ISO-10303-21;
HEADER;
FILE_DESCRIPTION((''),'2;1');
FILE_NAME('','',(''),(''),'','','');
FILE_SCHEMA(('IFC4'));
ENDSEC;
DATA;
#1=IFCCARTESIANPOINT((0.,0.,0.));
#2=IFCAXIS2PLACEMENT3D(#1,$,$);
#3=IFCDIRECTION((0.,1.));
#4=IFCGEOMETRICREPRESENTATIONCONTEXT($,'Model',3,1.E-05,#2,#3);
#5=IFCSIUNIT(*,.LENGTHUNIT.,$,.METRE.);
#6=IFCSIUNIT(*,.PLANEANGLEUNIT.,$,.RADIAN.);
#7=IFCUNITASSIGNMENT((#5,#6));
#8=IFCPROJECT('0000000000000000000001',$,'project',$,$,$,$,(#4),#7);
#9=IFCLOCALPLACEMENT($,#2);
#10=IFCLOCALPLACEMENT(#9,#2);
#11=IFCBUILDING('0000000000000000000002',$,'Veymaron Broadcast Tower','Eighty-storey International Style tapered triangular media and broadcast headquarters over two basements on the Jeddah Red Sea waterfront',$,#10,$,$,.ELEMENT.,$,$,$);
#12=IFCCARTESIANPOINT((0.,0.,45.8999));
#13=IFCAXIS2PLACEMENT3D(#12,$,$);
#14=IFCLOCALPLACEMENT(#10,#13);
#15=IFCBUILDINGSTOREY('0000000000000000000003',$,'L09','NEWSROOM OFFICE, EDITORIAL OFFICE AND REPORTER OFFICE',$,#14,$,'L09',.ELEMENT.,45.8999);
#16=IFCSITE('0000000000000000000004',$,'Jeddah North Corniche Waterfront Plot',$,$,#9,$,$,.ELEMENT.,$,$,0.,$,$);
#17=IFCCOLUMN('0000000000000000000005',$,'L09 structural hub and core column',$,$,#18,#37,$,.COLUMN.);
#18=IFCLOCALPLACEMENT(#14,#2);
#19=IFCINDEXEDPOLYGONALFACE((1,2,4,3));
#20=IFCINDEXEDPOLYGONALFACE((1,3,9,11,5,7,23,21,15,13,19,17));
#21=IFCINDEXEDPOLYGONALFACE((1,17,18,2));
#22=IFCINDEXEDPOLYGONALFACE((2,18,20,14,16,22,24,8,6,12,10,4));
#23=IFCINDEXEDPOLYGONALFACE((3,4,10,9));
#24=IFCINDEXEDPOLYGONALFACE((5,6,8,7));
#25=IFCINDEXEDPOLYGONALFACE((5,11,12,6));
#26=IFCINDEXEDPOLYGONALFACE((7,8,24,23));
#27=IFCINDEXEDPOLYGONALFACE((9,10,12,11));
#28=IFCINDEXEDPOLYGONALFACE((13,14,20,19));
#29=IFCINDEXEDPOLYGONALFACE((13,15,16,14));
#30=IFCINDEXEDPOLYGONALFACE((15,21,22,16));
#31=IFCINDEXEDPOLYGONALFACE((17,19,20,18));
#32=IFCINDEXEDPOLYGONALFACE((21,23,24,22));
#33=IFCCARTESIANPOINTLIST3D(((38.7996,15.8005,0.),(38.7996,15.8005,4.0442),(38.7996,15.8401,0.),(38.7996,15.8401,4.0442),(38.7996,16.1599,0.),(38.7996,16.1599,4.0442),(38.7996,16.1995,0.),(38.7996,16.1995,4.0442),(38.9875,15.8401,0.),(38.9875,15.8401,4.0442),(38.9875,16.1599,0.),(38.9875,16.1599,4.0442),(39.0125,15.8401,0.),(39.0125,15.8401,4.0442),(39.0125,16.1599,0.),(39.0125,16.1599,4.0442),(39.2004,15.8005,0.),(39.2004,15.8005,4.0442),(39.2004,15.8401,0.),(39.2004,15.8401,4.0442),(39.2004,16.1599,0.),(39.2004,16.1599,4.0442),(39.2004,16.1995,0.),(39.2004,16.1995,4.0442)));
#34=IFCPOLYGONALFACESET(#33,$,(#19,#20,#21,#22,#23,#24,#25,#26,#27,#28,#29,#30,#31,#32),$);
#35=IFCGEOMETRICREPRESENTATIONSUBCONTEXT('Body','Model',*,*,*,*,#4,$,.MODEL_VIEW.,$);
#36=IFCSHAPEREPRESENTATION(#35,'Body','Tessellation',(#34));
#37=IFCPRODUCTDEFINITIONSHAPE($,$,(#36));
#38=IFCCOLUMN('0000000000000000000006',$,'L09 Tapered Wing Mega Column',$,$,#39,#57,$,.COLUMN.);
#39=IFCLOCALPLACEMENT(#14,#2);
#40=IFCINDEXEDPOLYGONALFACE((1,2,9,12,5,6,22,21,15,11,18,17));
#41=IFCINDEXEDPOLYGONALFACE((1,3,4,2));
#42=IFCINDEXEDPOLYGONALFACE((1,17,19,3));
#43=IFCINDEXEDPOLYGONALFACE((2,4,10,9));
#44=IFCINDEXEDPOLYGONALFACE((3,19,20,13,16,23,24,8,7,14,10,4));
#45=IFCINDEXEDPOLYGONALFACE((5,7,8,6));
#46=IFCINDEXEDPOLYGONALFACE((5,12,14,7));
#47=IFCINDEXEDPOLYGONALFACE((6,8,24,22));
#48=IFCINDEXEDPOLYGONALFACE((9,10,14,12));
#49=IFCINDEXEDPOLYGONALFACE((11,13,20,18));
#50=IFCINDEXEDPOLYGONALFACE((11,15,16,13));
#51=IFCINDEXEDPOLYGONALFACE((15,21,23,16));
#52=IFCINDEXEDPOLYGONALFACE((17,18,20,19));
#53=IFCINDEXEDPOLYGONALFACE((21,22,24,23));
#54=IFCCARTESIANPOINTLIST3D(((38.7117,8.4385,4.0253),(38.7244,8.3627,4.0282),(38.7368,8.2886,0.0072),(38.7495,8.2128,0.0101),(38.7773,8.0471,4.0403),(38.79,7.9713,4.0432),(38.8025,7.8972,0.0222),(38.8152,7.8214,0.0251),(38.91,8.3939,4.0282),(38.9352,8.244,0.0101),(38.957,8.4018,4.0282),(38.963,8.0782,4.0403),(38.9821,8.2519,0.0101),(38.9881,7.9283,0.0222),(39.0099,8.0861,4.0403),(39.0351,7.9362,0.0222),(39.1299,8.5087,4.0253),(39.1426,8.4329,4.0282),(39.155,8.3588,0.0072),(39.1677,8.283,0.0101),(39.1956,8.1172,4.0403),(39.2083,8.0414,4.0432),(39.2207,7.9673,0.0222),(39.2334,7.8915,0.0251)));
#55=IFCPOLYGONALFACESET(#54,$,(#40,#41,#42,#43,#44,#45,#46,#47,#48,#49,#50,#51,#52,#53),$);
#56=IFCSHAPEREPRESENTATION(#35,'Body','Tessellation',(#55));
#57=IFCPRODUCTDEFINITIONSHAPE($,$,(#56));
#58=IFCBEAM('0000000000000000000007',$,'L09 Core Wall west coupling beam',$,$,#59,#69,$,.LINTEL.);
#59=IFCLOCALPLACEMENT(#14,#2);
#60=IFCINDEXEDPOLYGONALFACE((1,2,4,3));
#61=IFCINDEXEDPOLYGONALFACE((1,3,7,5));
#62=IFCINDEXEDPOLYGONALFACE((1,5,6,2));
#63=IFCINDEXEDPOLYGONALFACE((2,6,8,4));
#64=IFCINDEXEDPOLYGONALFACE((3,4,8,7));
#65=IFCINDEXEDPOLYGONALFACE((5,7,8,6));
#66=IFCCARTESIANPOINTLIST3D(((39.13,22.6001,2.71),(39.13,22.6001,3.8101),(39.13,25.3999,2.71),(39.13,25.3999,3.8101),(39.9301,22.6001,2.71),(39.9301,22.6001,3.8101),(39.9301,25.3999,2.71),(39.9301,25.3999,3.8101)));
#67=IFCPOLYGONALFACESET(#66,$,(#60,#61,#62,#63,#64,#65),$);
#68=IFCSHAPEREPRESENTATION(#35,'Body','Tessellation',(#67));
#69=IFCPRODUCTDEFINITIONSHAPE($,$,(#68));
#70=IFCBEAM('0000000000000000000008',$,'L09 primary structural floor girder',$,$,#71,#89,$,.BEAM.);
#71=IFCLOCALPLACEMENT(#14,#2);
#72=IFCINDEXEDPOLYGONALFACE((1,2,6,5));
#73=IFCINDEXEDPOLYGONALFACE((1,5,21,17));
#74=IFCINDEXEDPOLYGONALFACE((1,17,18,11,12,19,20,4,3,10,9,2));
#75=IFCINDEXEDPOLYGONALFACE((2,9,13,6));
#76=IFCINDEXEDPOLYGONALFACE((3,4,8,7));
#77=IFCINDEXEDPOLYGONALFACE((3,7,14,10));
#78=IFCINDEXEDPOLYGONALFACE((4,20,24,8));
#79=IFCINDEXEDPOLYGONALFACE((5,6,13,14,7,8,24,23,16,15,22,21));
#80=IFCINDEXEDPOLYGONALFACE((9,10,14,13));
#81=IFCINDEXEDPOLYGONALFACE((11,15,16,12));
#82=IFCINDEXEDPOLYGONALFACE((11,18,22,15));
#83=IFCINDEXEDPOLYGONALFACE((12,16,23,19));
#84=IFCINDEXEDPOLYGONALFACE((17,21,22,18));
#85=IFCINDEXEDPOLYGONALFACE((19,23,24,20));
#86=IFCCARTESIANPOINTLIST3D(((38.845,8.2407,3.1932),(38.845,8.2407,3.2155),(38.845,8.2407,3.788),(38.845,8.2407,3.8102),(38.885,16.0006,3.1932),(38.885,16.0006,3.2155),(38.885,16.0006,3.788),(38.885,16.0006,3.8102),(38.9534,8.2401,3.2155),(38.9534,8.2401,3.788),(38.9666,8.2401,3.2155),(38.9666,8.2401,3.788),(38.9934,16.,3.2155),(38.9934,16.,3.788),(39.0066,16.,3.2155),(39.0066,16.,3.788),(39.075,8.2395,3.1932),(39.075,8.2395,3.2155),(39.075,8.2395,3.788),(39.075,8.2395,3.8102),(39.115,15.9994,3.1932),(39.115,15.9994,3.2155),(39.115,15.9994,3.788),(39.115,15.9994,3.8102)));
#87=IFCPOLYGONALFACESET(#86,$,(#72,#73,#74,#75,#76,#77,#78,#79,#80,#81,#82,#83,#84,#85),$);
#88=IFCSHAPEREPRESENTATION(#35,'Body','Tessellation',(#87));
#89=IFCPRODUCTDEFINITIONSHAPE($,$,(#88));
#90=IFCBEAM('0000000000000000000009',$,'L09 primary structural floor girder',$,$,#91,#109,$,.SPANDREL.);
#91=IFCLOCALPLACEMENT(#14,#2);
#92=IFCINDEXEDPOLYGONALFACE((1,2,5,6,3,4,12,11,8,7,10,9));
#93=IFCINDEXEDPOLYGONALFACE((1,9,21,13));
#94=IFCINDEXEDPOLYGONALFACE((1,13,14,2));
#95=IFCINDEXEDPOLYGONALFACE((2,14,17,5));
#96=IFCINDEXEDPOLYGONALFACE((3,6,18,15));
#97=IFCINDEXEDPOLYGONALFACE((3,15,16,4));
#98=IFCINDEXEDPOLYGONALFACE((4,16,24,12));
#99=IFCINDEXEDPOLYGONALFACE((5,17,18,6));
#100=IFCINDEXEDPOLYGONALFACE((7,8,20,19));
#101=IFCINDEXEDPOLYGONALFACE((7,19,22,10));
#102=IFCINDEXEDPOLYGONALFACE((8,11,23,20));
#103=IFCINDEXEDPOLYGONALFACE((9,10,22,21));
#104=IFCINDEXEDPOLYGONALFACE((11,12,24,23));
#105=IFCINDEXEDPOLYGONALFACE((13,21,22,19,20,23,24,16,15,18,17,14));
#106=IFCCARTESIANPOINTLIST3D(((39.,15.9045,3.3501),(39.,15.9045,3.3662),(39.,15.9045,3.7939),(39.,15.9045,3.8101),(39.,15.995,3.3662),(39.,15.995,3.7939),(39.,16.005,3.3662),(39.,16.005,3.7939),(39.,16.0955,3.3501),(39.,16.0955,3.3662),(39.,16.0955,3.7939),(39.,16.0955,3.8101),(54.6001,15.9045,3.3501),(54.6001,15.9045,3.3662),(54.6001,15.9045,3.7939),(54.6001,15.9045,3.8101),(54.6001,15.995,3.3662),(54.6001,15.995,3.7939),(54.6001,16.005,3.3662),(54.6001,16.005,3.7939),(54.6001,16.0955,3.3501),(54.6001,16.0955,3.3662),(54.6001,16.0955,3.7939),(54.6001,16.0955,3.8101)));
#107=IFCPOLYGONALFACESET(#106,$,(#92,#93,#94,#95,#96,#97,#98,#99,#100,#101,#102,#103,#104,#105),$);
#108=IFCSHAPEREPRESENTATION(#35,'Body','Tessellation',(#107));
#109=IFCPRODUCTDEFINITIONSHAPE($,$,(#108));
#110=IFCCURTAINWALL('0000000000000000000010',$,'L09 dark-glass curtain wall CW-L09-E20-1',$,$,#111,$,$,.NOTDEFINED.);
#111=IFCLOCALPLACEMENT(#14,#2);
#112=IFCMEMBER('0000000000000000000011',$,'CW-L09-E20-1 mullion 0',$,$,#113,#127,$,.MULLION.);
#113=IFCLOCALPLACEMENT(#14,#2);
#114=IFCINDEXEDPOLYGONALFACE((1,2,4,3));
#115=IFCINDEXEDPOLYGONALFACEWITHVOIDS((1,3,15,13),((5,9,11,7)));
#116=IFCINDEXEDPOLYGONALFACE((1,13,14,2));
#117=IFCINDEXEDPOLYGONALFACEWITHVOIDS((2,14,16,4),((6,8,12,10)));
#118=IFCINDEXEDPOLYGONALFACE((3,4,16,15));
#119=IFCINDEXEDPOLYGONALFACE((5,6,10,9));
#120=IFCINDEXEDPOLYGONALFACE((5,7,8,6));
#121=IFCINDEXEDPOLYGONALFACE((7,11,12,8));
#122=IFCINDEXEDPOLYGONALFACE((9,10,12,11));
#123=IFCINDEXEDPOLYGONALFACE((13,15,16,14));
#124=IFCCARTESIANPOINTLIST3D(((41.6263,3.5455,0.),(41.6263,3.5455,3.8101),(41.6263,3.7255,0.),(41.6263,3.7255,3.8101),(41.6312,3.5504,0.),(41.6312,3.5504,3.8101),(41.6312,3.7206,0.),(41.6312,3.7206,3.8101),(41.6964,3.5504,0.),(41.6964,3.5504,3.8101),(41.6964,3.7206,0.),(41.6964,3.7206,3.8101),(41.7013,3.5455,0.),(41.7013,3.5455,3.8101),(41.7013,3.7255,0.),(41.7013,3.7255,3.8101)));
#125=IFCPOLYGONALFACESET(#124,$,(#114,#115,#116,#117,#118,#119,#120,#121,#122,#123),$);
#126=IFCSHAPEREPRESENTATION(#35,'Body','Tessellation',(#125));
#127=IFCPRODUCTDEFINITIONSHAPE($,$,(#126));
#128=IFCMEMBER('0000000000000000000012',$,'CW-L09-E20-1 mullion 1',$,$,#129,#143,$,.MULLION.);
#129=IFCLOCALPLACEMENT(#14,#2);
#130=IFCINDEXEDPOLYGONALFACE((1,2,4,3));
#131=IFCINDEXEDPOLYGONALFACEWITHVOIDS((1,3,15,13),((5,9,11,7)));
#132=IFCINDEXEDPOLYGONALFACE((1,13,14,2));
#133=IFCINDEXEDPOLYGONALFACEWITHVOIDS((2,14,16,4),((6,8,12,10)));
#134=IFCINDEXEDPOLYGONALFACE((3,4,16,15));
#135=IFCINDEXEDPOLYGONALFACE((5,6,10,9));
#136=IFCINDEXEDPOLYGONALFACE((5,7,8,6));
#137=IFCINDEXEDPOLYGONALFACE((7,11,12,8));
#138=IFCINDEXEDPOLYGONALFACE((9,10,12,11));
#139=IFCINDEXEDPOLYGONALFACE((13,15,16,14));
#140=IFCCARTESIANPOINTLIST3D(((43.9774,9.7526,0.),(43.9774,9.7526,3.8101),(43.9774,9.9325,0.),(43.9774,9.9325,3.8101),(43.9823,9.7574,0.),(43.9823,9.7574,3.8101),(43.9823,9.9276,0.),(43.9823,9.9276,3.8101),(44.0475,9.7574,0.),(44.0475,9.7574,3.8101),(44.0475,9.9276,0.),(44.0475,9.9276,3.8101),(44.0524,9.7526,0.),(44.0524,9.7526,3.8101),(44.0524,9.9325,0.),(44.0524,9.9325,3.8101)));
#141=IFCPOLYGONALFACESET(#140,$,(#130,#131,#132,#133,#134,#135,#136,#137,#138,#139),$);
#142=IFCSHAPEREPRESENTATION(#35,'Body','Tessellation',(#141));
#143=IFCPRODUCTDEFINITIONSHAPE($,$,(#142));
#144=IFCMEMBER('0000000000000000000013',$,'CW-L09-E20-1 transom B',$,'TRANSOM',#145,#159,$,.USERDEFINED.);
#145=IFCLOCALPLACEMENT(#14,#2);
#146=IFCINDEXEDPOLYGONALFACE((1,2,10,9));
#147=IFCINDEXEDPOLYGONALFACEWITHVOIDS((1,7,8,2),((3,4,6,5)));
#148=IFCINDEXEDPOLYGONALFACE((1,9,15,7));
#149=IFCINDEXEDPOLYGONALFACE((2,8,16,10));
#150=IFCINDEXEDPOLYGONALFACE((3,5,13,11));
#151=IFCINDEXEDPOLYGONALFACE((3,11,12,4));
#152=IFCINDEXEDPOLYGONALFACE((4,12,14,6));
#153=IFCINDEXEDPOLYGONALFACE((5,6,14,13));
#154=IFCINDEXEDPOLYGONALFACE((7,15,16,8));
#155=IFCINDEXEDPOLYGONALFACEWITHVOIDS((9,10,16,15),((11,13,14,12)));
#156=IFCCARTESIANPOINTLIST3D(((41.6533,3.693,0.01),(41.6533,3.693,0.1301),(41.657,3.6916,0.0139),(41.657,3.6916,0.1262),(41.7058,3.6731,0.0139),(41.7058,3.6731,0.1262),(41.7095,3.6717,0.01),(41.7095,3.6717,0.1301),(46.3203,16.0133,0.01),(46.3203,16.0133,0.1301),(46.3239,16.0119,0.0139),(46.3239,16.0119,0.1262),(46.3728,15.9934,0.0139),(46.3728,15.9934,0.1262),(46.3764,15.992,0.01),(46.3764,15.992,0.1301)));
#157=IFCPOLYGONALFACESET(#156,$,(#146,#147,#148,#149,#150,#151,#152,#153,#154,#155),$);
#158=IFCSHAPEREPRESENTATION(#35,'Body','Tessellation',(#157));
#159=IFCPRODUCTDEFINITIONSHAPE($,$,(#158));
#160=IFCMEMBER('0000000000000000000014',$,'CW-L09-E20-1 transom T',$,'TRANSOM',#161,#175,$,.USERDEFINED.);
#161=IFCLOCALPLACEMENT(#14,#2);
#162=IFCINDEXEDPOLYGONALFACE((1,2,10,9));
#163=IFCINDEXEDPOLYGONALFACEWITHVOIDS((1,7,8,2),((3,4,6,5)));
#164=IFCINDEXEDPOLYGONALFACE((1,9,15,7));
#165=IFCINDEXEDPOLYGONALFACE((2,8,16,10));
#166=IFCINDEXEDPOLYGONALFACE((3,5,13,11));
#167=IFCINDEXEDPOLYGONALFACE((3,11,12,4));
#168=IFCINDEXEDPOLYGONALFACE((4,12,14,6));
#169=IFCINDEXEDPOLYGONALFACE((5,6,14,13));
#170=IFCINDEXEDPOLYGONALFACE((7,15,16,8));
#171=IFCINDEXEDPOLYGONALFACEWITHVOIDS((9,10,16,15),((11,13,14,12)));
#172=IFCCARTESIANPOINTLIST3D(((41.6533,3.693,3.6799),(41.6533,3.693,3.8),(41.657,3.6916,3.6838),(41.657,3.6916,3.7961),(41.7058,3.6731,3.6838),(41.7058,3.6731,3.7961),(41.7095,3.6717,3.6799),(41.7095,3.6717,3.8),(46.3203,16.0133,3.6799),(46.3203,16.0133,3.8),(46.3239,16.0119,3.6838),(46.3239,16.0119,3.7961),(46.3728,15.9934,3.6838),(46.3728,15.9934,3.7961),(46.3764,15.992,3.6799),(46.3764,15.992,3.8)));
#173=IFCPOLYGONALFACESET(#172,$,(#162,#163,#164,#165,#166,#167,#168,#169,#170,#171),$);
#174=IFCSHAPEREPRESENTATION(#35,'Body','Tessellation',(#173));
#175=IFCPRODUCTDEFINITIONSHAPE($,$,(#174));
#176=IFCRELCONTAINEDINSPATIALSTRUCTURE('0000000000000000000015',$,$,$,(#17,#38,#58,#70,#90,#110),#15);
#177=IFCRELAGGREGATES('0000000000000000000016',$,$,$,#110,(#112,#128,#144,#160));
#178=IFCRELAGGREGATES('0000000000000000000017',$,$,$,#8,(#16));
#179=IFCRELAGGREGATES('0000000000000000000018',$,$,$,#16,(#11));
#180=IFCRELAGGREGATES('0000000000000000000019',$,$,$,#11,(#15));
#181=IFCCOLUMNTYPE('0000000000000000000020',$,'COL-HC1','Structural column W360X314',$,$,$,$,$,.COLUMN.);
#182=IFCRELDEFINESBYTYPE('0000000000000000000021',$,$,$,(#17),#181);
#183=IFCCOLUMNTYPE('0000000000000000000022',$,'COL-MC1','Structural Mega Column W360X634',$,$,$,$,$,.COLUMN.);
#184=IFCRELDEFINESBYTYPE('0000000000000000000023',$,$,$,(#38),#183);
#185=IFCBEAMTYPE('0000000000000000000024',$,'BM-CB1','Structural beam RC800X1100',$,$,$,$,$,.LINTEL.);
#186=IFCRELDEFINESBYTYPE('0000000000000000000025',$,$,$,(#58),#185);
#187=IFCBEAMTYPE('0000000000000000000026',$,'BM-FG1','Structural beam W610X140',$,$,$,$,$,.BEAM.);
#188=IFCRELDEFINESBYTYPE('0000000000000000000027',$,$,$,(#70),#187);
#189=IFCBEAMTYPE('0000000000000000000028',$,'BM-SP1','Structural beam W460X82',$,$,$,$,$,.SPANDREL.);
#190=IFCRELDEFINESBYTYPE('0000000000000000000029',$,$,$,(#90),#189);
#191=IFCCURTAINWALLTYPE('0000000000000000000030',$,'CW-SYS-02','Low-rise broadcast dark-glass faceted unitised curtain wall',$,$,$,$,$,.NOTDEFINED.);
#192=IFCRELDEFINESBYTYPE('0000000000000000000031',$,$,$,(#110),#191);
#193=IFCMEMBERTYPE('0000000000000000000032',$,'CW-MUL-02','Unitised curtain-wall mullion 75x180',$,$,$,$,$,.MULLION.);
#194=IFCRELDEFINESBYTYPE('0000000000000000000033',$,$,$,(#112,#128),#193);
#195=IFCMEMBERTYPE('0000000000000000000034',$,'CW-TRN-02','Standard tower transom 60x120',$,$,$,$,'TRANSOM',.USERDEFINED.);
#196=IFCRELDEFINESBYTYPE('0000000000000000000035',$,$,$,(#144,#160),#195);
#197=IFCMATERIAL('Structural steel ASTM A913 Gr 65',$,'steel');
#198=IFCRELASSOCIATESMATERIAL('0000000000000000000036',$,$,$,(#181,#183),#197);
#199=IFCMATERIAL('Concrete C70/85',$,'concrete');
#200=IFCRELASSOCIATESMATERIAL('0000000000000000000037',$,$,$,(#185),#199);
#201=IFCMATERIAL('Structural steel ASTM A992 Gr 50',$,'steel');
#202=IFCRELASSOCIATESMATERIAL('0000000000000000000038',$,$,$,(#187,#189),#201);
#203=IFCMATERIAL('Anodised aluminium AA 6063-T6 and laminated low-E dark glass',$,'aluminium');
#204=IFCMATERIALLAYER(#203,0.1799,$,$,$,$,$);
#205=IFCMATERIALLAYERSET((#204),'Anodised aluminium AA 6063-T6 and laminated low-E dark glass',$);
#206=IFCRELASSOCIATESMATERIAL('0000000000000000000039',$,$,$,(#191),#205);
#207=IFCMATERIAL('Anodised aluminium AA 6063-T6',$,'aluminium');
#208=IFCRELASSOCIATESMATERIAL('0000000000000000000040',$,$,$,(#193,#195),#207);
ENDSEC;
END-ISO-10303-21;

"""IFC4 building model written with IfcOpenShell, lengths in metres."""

from ifc_helpers import new_model, si_unit, direction, frame, origin, origin_2d, place, context, subcontext, project, spatial, rectangle, hollow_rectangle, i_section, extrude, material, layer, layer_set, material_profile, profile_set, type_object, element, aggregate, save


model = new_model("IFC4")

# Units and contexts
model_context = context("Model", 3, precision=1e-05, world=origin(), true_north=direction((0.0, 1.0)))
body_context = subcontext(model_context, "Body", "Model", "MODEL_VIEW")
ifc_project = project(units=[si_unit("LENGTHUNIT", "METRE"), si_unit("PLANEANGLEUNIT", "RADIAN")], contexts=[model_context])

# Site, building, storey
site_placement = place(None, origin())
site = spatial("IfcSite", under=ifc_project, at=site_placement, Name="Jeddah North Corniche Waterfront Plot", CompositionType="ELEMENT", RefElevation=0.0)
building_placement = place(site_placement, origin())
building = spatial("IfcBuilding", under=site, at=building_placement, Name="Veymaron Broadcast Tower", Description="Eighty-storey International Style tapered triangular media and broadcast headquarters over two basements on the Jeddah Red Sea waterfront", CompositionType="ELEMENT")
storey_placement = place(building_placement, frame((0.0, 0.0, 45.8999)))
storey = spatial("IfcBuildingStorey", under=building, at=storey_placement, Name="L09", Description="NEWSROOM OFFICE, EDITORIAL OFFICE AND REPORTER OFFICE", LongName="L09", CompositionType="ELEMENT", Elevation=45.8999)

# Columns
ifc_material_1 = material(Name="Structural steel ASTM A913 Gr 65", Category="steel")
ifc_material_profile_1 = material_profile(ifc_material_1, i_section(OverallWidth=0.4009, OverallDepth=0.3989, WebThickness=0.0249, FlangeThickness=0.0396, at=origin_2d()), Name="W360X314")
ifc_profile_set_1 = profile_set([ifc_material_profile_1], Name="Structural steel ASTM A913 Gr 65")
column_type_1 = type_object("IfcColumnType", Name="COL-HC1", Description="Structural column W360X314", PredefinedType="COLUMN", material=ifc_profile_set_1)
column_1_placement = place(storey_placement, frame((39.0, 16.0, 0.0), z_axis=(0.0, 0.0, 1.0), x_axis=(1.0, 0.0, 0.0)))
element("IfcColumn", 1, at=column_1_placement, inside=storey, type_object=column_type_1, Name="L09 structural hub and core column", PredefinedType="COLUMN", context=body_context, shape_type="SweptSolid", body=[
    extrude(i_section(OverallWidth=0.4009, OverallDepth=0.3989, WebThickness=0.0249, FlangeThickness=0.0396, at=origin_2d()), origin(), (0.0, 0.0, 1.0), 4.0442),
])
ifc_material_profile_2 = material_profile(ifc_material_1, i_section(OverallWidth=0.4241, OverallDepth=0.4741, WebThickness=0.0476, FlangeThickness=0.0769, at=origin_2d()), Name="W360X634")
ifc_profile_set_2 = profile_set([ifc_material_profile_2], Name="Structural steel ASTM A913 Gr 65")
column_type_2 = type_object("IfcColumnType", Name="COL-MC1", Description="Structural Mega Column W360X634", PredefinedType="COLUMN", material=ifc_profile_set_2)
column_2_placement = place(storey_placement, frame((38.9851, 8.0901, 0.0161), z_axis=(-0.006254, 0.03728, 0.999285), x_axis=(-0.98622, -0.165441, 0.0)))
element("IfcColumn", 2, at=column_2_placement, inside=storey, type_object=column_type_2, Name="L09 Tapered Wing Mega Column", PredefinedType="COLUMN", context=body_context, shape_type="SweptSolid", body=[
    extrude(i_section(OverallWidth=0.4241, OverallDepth=0.4741, WebThickness=0.0476, FlangeThickness=0.0769, at=origin_2d()), origin(), (0.0, 0.0, 1.0), 4.021),
])

# Beams
ifc_material_2 = material(Name="Concrete C70/85", Category="concrete")
ifc_material_profile_3 = material_profile(ifc_material_2, rectangle(XDim=0.8, YDim=1.1001, at=origin_2d()), Name="RC800X1100")
ifc_profile_set_3 = profile_set([ifc_material_profile_3], Name="Concrete C70/85")
beam_type_1 = type_object("IfcBeamType", Name="BM-CB1", Description="Structural beam RC800X1100", PredefinedType="LINTEL", material=ifc_profile_set_3)
beam_1_placement = place(storey_placement, frame((39.53, 22.6001, 3.26), z_axis=(0.0, 1.0, 0.0), x_axis=(-1.0, 0.0, 0.0)))
element("IfcBeam", 3, at=beam_1_placement, inside=storey, type_object=beam_type_1, Name="L09 Core Wall west coupling beam", PredefinedType="LINTEL", context=body_context, shape_type="SweptSolid", body=[
    extrude(rectangle(XDim=0.8, YDim=1.1001, at=origin_2d()), origin(), (0.0, 0.0, 1.0), 2.7998),
])
ifc_material_3 = material(Name="Structural steel ASTM A992 Gr 50", Category="steel")
ifc_material_profile_4 = material_profile(ifc_material_3, i_section(OverallWidth=0.23, OverallDepth=0.6169, WebThickness=0.0132, FlangeThickness=0.0222, at=origin_2d()), Name="W610X140")
ifc_profile_set_4 = profile_set([ifc_material_profile_4], Name="Structural steel ASTM A992 Gr 50")
beam_type_2 = type_object("IfcBeamType", Name="BM-FG1", Description="Structural beam W610X140", PredefinedType="BEAM", material=ifc_profile_set_4)
beam_2_placement = place(storey_placement, frame((39.0, 16.0, 3.5017), z_axis=(-0.00516, -0.999987, 0.0), x_axis=(0.999987, -0.00516, 0.0)))
element("IfcBeam", 4, at=beam_2_placement, inside=storey, type_object=beam_type_2, Name="L09 primary structural floor girder", PredefinedType="BEAM", context=body_context, shape_type="SweptSolid", body=[
    extrude(i_section(OverallWidth=0.23, OverallDepth=0.6169, WebThickness=0.0132, FlangeThickness=0.0222, at=origin_2d()), origin(), (0.0, 0.0, 1.0), 7.76),
])
ifc_material_profile_5 = material_profile(ifc_material_3, i_section(OverallWidth=0.1909, OverallDepth=0.46, WebThickness=0.01, FlangeThickness=0.0161, at=origin_2d()), Name="W460X82")
ifc_profile_set_5 = profile_set([ifc_material_profile_5], Name="Structural steel ASTM A992 Gr 50")
beam_type_3 = type_object("IfcBeamType", Name="BM-SP1", Description="Structural beam W460X82", PredefinedType="SPANDREL", material=ifc_profile_set_5)
beam_3_placement = place(storey_placement, frame((39.0, 16.0, 3.5801), z_axis=(1.0, 0.0, 0.0), x_axis=(0.0, 1.0, 0.0)))
element("IfcBeam", 5, at=beam_3_placement, inside=storey, type_object=beam_type_3, Name="L09 primary structural floor girder", PredefinedType="SPANDREL", context=body_context, shape_type="SweptSolid", body=[
    extrude(i_section(OverallWidth=0.1909, OverallDepth=0.46, WebThickness=0.01, FlangeThickness=0.0161, at=origin_2d()), origin(), (0.0, 0.0, 1.0), 15.6001),
])

# Curtain wall, members
ifc_material_4 = material(Name="Anodised aluminium AA 6063-T6 and laminated low-E dark glass", Category="aluminium")
ifc_layer_1 = layer(ifc_material_4, 0.1799)
ifc_layer_set_1 = layer_set([ifc_layer_1], Name="Anodised aluminium AA 6063-T6 and laminated low-E dark glass")
curtain_wall_type = type_object("IfcCurtainWallType", Name="CW-SYS-02", Description="Low-rise broadcast dark-glass faceted unitised curtain wall", PredefinedType="NOTDEFINED", material=ifc_layer_set_1)
curtain_wall_placement = place(storey_placement, origin())
curtain_wall = element("IfcCurtainWall", 6, at=curtain_wall_placement, inside=storey, type_object=curtain_wall_type, Name="L09 dark-glass curtain wall CW-L09-E20-1", PredefinedType="NOTDEFINED")
ifc_material_5 = material(Name="Anodised aluminium AA 6063-T6", Category="aluminium")
ifc_material_profile_6 = material_profile(ifc_material_5, hollow_rectangle(XDim=0.075, YDim=0.1799, WallThickness=0.0049, at=origin_2d()), Name="AL180X75X5")
ifc_profile_set_6 = profile_set([ifc_material_profile_6], Name="Anodised aluminium AA 6063-T6")
member_type_1 = type_object("IfcMemberType", Name="CW-MUL-02", Description="Unitised curtain-wall mullion 75x180", PredefinedType="MULLION", material=ifc_profile_set_6)
member_1_placement = place(storey_placement, frame((41.6638, 3.6355, 0.0), z_axis=(0.0, 0.0, 1.0), x_axis=(1.0, 0.0, 0.0)))
member_1 = element("IfcMember", 7, at=member_1_placement, type_object=member_type_1, Name="CW-L09-E20-1 mullion 0", PredefinedType="MULLION", context=body_context, shape_type="SweptSolid", body=[
    extrude(hollow_rectangle(XDim=0.075, YDim=0.1799, WallThickness=0.0049, at=origin_2d()), origin(), (0.0, 0.0, 1.0), 3.8101),
])
member_2_placement = place(storey_placement, frame((44.0149, 9.8425, 0.0), z_axis=(0.0, 0.0, 1.0), x_axis=(1.0, 0.0, 0.0)))
member_2 = element("IfcMember", 8, at=member_2_placement, type_object=member_type_1, Name="CW-L09-E20-1 mullion 1", PredefinedType="MULLION", context=body_context, shape_type="SweptSolid", body=[
    extrude(hollow_rectangle(XDim=0.075, YDim=0.1799, WallThickness=0.0049, at=origin_2d()), origin(), (0.0, 0.0, 1.0), 3.8101),
])
ifc_material_profile_7 = material_profile(ifc_material_5, hollow_rectangle(XDim=0.0601, YDim=0.1201, WallThickness=0.0039, at=origin_2d()), Name="AL120X60X4")
ifc_profile_set_7 = profile_set([ifc_material_profile_7], Name="Anodised aluminium AA 6063-T6")
member_type_2 = type_object("IfcMemberType", Name="CW-TRN-02", Description="Standard tower transom 60x120", ElementType="TRANSOM", PredefinedType="USERDEFINED", material=ifc_profile_set_7)
member_3_placement = place(storey_placement, frame((41.6814, 3.6824, 0.0701), z_axis=(0.354241, 0.935154, 0.0), x_axis=(-0.935154, 0.354241, 0.0)))
member_3 = element("IfcMember", 9, at=member_3_placement, type_object=member_type_2, Name="CW-L09-E20-1 transom B", ObjectType="TRANSOM", PredefinedType="USERDEFINED", context=body_context, shape_type="SweptSolid", body=[
    extrude(hollow_rectangle(XDim=0.0601, YDim=0.1201, WallThickness=0.0039, at=origin_2d()), origin(), (0.0, 0.0, 1.0), 13.1746),
])
member_4_placement = place(storey_placement, frame((41.6814, 3.6824, 3.74), z_axis=(0.354241, 0.935154, 0.0), x_axis=(-0.935154, 0.354241, 0.0)))
member_4 = element("IfcMember", 10, at=member_4_placement, type_object=member_type_2, Name="CW-L09-E20-1 transom T", ObjectType="TRANSOM", PredefinedType="USERDEFINED", context=body_context, shape_type="SweptSolid", body=[
    extrude(hollow_rectangle(XDim=0.0601, YDim=0.1201, WallThickness=0.0039, at=origin_2d()), origin(), (0.0, 0.0, 1.0), 13.1746),
])
aggregate(curtain_wall, [member_1, member_2, member_3, member_4])

save(model, "model.ifc")
